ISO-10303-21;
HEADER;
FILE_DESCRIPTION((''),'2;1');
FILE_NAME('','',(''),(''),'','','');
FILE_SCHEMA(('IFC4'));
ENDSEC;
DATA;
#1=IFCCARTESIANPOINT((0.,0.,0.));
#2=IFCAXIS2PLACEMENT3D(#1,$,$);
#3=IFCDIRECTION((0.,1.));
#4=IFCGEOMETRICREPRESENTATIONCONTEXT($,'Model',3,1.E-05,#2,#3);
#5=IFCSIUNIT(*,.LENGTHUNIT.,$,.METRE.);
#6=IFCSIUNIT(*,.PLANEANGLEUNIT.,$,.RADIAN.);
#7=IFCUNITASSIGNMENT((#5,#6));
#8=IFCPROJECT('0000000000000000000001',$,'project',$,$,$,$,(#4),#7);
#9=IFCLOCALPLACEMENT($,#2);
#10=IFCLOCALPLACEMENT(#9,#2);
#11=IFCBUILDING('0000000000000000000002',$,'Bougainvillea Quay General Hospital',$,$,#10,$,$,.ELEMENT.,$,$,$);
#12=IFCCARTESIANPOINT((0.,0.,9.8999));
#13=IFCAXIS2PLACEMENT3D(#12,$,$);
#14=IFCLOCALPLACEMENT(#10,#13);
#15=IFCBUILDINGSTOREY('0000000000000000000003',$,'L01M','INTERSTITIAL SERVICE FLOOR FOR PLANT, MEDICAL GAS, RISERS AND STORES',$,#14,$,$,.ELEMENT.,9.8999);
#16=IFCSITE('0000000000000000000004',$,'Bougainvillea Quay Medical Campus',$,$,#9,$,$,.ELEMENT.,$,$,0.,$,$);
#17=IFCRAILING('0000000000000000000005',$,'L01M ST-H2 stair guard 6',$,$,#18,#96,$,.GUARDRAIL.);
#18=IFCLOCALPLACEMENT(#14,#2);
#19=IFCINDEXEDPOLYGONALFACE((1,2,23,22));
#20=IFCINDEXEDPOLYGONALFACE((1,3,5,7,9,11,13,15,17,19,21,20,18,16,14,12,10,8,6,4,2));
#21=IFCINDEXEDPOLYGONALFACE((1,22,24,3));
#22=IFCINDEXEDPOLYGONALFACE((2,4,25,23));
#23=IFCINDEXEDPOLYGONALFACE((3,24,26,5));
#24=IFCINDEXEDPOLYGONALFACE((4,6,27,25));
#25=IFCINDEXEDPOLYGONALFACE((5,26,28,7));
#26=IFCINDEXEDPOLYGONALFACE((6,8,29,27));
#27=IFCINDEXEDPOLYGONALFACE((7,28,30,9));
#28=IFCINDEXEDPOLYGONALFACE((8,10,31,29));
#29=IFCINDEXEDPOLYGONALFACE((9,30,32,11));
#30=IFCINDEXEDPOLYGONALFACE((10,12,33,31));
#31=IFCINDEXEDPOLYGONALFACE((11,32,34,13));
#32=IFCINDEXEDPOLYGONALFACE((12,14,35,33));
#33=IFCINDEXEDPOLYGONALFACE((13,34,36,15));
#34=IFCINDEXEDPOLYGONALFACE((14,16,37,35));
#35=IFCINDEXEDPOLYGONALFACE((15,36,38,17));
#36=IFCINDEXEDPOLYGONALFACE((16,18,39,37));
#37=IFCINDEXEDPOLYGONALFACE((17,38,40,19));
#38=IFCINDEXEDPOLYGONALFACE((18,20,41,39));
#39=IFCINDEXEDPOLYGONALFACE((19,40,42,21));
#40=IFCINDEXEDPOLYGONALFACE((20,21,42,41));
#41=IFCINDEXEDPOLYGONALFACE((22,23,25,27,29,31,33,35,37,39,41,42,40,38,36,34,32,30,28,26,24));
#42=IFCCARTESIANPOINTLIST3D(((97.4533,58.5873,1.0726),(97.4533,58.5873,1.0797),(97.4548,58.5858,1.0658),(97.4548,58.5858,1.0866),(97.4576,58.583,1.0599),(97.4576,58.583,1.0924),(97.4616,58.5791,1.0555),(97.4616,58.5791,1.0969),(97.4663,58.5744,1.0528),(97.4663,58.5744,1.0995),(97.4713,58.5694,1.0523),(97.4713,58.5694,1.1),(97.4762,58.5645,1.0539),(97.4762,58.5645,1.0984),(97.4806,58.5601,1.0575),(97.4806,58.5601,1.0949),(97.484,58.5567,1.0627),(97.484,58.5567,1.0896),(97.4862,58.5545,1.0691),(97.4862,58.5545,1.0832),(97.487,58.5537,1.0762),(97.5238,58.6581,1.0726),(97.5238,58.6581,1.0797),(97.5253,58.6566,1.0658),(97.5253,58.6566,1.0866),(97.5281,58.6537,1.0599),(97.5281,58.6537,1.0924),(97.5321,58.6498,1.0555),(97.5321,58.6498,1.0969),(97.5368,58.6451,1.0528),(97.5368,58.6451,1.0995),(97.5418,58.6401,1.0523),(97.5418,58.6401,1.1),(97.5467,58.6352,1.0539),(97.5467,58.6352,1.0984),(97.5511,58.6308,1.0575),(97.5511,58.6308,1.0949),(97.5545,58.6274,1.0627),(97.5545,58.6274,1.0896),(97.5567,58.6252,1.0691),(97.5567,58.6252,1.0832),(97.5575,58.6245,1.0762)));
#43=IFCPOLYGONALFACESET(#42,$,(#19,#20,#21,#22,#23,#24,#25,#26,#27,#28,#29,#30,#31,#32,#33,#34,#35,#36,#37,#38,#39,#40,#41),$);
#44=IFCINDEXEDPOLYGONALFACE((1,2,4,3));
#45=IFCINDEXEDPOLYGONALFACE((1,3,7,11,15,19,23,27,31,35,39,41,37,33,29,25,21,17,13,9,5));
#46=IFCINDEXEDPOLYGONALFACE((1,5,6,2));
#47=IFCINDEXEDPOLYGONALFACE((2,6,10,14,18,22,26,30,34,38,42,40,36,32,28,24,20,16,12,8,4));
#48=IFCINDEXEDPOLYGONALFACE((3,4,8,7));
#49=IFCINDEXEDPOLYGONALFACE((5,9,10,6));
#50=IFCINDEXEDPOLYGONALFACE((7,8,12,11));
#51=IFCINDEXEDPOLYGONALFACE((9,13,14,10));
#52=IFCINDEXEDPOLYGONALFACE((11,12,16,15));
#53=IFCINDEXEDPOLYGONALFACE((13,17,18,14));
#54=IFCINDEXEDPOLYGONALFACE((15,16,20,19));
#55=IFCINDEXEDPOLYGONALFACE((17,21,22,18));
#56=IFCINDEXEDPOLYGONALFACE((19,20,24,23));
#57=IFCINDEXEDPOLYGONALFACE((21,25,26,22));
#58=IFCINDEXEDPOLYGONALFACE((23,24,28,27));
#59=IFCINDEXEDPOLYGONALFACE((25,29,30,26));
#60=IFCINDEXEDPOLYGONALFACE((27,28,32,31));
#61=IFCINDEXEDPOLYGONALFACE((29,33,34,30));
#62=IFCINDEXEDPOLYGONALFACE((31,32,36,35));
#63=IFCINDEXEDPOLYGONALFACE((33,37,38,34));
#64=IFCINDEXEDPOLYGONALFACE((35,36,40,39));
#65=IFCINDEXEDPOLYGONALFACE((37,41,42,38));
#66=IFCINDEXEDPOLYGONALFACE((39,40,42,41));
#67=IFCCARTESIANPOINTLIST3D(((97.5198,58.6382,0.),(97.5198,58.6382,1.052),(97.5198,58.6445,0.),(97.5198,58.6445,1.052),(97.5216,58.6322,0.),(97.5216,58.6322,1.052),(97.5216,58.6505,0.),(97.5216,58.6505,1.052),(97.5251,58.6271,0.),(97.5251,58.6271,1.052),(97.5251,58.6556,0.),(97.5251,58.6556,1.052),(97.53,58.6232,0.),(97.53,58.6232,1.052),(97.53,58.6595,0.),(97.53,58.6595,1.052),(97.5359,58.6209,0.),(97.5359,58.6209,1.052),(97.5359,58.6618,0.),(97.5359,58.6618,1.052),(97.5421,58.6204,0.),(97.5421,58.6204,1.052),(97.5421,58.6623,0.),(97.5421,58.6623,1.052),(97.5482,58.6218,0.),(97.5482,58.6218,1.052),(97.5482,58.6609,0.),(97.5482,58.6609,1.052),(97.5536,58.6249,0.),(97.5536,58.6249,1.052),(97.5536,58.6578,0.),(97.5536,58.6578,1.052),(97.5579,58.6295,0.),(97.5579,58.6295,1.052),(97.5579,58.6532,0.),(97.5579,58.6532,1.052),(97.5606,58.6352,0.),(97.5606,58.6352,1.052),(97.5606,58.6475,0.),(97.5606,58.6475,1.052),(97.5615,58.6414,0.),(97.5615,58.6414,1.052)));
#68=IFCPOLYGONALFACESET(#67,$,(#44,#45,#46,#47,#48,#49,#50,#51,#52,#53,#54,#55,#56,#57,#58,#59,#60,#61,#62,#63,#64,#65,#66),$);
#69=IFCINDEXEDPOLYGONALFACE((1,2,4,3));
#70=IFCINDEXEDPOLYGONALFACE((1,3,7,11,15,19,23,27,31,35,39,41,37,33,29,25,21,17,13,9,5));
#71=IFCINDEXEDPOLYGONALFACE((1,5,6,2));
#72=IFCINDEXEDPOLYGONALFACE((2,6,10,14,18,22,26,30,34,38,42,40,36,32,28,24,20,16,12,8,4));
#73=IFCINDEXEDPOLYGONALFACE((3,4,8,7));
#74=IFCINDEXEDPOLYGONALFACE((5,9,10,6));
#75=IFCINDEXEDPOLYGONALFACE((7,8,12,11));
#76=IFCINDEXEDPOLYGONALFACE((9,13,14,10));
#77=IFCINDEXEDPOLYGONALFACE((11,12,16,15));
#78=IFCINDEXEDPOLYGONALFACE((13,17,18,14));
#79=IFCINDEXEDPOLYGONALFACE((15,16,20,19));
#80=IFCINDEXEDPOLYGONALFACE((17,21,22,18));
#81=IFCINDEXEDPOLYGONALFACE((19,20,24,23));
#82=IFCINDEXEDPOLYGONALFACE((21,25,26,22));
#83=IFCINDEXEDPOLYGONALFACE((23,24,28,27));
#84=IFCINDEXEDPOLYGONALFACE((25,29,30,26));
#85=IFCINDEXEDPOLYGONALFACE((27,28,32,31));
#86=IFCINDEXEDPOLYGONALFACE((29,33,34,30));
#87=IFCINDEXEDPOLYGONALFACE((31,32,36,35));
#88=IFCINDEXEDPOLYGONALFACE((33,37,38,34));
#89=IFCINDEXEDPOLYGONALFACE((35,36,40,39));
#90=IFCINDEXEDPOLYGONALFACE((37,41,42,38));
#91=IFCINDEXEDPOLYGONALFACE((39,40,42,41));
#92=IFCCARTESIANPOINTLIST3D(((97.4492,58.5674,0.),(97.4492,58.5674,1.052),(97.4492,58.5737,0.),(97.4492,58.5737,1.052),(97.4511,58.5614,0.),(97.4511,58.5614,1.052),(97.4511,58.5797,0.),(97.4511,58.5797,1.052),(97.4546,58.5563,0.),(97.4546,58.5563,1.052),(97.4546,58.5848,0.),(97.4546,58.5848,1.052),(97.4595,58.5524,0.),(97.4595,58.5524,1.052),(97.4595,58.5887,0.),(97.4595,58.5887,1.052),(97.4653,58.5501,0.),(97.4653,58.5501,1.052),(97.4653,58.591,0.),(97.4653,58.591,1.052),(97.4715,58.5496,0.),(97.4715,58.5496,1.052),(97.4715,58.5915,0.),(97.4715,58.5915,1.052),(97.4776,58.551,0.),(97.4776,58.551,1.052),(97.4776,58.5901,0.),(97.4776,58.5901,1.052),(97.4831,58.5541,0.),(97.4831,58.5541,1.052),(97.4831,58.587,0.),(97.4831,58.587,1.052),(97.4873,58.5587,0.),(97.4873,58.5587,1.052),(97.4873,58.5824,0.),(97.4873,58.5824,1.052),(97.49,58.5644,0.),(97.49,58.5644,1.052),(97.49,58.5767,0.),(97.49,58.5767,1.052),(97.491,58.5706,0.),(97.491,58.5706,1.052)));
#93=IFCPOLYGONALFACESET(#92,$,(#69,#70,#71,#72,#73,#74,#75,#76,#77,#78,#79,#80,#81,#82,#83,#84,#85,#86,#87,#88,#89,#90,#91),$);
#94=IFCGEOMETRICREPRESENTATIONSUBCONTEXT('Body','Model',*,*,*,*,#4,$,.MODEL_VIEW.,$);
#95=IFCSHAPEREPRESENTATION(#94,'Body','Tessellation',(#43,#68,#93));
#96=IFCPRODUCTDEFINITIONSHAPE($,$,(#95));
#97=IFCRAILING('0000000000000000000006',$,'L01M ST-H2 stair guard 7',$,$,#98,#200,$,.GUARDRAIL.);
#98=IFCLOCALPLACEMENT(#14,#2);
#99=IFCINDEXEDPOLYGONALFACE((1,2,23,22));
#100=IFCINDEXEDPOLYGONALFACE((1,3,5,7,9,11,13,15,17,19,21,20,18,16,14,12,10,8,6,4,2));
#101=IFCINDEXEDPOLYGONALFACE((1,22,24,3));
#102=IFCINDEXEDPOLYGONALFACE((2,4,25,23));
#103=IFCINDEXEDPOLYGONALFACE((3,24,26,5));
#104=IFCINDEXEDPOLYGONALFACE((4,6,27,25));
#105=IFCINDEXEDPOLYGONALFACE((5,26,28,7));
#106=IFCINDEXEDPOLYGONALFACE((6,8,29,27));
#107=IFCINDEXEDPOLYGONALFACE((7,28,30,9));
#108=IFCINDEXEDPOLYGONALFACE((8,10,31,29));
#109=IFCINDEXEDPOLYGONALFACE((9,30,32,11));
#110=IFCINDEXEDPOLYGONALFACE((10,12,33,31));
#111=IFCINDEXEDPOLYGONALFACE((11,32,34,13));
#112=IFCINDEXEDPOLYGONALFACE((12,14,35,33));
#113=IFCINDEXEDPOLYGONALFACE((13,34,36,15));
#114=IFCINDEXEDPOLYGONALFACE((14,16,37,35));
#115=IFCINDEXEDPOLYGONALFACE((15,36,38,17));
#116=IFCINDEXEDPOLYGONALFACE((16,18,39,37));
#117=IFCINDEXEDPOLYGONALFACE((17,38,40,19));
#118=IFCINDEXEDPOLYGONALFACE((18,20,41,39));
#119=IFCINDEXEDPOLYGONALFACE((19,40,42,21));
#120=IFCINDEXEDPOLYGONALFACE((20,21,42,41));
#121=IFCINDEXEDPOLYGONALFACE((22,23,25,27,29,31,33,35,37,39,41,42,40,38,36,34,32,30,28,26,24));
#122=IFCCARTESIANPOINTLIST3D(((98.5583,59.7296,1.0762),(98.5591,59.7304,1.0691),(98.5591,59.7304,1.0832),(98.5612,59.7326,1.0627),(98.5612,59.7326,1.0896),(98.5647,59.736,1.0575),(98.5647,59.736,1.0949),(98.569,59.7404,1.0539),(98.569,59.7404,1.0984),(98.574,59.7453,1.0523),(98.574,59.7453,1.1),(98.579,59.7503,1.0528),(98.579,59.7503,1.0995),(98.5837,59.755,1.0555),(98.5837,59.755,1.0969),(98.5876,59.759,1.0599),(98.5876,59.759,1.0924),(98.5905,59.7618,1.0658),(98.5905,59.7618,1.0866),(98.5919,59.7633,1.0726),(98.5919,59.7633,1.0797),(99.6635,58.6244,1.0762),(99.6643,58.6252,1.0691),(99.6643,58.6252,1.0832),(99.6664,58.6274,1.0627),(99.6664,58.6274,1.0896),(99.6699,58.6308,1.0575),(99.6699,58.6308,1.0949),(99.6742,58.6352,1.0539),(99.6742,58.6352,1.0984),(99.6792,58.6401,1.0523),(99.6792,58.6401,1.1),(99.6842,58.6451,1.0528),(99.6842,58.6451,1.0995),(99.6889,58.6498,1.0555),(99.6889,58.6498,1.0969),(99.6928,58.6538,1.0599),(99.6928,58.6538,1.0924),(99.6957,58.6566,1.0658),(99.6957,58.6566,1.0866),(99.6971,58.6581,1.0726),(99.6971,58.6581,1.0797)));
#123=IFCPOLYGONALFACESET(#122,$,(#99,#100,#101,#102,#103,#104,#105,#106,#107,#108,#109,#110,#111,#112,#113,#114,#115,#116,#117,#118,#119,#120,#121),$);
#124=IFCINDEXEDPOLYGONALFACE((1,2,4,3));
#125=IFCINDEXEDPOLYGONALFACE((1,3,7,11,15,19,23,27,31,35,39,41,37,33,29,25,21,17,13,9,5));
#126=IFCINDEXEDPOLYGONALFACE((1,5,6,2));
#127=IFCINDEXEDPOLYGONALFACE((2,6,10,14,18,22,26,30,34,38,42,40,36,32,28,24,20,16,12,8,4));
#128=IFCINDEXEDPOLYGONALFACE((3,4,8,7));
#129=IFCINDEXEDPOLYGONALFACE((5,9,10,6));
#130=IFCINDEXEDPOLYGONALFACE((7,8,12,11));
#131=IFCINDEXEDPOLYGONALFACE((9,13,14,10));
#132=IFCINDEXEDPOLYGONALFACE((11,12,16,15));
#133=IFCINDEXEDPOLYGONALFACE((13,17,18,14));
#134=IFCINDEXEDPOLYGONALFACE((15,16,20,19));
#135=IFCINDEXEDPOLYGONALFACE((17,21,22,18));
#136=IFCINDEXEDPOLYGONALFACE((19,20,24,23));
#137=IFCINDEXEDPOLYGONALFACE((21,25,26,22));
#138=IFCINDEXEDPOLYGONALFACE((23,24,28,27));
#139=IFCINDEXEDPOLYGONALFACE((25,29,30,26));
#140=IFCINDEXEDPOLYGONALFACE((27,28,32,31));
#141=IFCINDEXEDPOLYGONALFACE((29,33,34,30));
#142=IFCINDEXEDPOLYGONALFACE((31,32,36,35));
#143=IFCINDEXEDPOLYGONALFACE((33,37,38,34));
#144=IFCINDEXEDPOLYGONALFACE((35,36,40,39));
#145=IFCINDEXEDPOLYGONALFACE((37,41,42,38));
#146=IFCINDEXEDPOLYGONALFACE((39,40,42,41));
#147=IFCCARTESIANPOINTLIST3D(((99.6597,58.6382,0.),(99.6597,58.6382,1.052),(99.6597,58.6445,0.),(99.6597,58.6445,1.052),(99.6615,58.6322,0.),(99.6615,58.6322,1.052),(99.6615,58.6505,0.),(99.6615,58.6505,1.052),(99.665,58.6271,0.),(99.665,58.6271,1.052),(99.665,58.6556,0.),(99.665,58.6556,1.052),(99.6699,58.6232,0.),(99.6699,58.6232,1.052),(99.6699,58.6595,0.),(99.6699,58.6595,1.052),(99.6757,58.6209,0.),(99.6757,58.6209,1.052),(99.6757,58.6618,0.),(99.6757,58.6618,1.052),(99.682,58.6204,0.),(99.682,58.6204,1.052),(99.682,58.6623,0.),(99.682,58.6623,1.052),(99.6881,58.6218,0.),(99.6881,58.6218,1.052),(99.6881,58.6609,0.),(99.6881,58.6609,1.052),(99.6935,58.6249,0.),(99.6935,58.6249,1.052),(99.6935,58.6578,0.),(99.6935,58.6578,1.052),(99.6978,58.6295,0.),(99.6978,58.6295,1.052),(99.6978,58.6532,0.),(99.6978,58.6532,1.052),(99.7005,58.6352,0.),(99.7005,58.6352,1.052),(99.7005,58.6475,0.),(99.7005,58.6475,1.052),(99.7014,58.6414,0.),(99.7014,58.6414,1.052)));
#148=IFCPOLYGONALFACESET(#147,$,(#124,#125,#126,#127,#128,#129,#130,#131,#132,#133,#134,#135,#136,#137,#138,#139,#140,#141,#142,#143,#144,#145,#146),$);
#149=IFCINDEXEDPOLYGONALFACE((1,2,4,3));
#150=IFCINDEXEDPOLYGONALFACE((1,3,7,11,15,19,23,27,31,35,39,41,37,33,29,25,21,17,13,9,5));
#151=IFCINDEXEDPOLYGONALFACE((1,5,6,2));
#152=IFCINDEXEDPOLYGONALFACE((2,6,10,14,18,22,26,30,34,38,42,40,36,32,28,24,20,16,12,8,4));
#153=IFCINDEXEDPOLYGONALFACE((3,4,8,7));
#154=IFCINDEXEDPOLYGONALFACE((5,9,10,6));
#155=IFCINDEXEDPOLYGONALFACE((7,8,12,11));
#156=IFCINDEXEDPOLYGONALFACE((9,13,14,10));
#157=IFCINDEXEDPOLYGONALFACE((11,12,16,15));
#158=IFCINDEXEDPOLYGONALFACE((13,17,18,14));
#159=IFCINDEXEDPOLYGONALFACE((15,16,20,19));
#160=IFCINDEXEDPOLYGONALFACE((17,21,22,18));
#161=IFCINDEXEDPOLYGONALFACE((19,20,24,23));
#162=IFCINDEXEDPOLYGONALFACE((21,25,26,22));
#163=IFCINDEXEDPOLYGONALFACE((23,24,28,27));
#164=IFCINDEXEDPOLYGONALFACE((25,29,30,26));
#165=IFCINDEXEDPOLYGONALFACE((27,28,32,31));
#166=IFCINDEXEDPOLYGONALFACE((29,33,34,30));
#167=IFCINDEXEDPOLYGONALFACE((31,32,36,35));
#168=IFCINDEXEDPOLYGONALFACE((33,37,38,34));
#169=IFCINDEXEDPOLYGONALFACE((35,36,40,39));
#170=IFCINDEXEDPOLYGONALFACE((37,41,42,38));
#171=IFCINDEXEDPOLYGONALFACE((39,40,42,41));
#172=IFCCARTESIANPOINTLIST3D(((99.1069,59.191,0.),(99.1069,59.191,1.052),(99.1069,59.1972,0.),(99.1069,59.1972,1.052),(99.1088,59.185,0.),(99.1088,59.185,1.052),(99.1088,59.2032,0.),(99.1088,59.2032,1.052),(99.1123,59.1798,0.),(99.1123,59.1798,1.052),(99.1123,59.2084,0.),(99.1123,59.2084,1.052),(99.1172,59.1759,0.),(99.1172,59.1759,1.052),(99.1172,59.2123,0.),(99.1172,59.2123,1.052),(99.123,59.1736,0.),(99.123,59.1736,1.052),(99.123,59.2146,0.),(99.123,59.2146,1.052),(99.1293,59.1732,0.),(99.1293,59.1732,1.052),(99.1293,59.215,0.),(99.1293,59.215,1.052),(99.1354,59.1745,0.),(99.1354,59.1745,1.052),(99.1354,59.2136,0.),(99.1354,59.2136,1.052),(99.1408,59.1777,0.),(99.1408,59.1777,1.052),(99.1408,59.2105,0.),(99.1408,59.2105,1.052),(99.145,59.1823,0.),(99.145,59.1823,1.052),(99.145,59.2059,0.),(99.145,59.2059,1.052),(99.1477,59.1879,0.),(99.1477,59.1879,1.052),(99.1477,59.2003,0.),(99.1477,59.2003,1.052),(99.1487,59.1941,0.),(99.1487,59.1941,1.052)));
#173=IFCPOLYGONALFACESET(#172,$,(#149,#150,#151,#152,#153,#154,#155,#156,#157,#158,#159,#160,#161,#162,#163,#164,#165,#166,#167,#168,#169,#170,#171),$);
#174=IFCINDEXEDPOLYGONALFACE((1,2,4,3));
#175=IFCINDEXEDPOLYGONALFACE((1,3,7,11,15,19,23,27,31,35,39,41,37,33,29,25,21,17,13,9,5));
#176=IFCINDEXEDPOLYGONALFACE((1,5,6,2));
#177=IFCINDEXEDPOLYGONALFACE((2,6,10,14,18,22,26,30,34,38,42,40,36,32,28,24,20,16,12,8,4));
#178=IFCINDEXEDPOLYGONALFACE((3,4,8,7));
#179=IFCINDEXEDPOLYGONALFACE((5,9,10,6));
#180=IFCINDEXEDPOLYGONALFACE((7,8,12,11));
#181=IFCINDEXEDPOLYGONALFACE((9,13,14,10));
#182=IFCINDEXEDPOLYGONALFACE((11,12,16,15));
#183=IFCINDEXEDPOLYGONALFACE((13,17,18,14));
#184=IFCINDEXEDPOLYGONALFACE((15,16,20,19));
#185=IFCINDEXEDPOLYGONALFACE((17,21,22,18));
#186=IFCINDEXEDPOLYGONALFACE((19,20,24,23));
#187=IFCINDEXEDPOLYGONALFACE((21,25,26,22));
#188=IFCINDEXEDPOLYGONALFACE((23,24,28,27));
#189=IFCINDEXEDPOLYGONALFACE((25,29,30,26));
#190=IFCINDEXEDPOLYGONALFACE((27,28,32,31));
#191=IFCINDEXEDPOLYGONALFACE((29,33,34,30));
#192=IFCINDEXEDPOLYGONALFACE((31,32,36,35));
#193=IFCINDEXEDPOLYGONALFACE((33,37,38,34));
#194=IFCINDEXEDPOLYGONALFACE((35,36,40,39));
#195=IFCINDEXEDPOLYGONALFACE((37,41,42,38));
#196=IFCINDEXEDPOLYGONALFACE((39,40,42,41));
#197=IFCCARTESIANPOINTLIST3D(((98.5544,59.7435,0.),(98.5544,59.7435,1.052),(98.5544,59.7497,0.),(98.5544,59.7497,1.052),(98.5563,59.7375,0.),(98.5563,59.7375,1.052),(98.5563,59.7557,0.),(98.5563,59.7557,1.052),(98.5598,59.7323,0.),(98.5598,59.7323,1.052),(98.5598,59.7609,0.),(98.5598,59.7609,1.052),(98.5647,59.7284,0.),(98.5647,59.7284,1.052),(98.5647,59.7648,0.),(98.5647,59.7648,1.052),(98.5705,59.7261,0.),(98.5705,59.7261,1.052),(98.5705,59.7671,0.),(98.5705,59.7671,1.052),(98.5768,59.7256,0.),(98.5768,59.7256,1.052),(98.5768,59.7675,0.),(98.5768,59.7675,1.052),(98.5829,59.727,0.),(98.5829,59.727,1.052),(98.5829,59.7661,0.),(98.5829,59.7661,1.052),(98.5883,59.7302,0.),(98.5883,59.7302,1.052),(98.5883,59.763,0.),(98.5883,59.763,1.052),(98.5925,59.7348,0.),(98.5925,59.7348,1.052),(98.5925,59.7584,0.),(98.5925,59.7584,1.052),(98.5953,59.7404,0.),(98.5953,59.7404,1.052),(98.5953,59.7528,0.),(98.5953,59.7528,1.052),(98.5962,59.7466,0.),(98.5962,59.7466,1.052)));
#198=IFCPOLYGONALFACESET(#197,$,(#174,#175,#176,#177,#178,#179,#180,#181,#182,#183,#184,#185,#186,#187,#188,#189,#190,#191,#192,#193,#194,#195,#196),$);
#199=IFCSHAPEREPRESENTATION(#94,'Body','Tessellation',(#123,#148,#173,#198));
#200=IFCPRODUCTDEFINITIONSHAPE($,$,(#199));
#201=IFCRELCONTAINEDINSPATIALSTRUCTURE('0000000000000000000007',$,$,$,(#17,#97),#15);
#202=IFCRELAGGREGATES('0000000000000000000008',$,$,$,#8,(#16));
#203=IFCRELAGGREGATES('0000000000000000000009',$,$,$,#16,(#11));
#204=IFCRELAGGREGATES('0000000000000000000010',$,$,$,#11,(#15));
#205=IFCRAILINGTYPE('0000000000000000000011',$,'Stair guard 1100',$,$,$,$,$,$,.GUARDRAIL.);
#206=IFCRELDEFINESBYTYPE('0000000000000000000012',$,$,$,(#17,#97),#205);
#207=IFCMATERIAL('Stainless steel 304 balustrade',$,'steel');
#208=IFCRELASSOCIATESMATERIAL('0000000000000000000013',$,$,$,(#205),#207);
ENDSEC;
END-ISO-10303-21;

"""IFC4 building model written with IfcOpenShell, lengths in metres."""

from ifc_helpers import new_model, si_unit, direction, frame, origin, origin_2d, place, context, subcontext, project, spatial, circle, extrude, material, type_object, element, save


model = new_model("IFC4")

# Units and contexts
model_context = context("Model", 3, precision=1e-05, world=origin(), true_north=direction((0.0, 1.0)))
body_context = subcontext(model_context, "Body", "Model", "MODEL_VIEW")
ifc_project = project(units=[si_unit("LENGTHUNIT", "METRE"), si_unit("PLANEANGLEUNIT", "RADIAN")], contexts=[model_context])

# Site, building, storey
site_placement = place(None, origin())
site = spatial("IfcSite", under=ifc_project, at=site_placement, Name="Bougainvillea Quay Medical Campus", CompositionType="ELEMENT", RefElevation=0.0)
building_placement = place(site_placement, origin())
building = spatial("IfcBuilding", under=site, at=building_placement, Name="Bougainvillea Quay General Hospital", CompositionType="ELEMENT")
storey_placement = place(building_placement, frame((0.0, 0.0, 9.8999)))
storey = spatial("IfcBuildingStorey", under=building, at=storey_placement, Name="L01M", Description="INTERSTITIAL SERVICE FLOOR FOR PLANT, MEDICAL GAS, RISERS AND STORES", CompositionType="ELEMENT", Elevation=9.8999)

# Railings
ifc_material_1 = material(Name="Stainless steel 304 balustrade", Category="steel")
railing_type_1 = type_object("IfcRailingType", Name="Stair guard 1100", PredefinedType="GUARDRAIL", material=ifc_material_1)
railing_1_placement = place(storey_placement, frame((97.5405, 58.6414, 0.0)))
element("IfcRailing", 1, at=railing_1_placement, inside=storey, type_object=railing_type_1, Name="L01M ST-H2 stair guard 6", PredefinedType="GUARDRAIL", context=body_context, shape_type="SweptSolid", body=[
    extrude(circle(Radius=0.0239, at=origin_2d()), frame((0.0, 0.0, 1.0762), z_axis=(-0.705884, -0.708327, 0.0), x_axis=(0.708327, -0.705884, 0.0)), (0.0, 0.0, 1.0), 0.0999),
    extrude(circle(Radius=0.021, at=origin_2d()), origin(), (0.0, 0.0, 1.0), 1.052),
    extrude(circle(Radius=0.021, at=origin_2d()), frame((-0.0706, -0.0708, 0.0)), (0.0, 0.0, 1.0), 1.052),
])
railing_2_placement = place(storey_placement, frame((99.6804, 58.6414, 0.0)))
element("IfcRailing", 2, at=railing_2_placement, inside=storey, type_object=railing_type_1, Name="L01M ST-H2 stair guard 7", PredefinedType="GUARDRAIL", context=body_context, shape_type="SweptSolid", body=[
    extrude(circle(Radius=0.0239, at=origin_2d()), frame((0.0, 0.0, 1.0762), z_axis=(-0.707107, 0.707107, 0.0), x_axis=(-0.707107, -0.707107, 0.0)), (0.0, 0.0, 1.0), 1.563),
    extrude(circle(Radius=0.021, at=origin_2d()), origin(), (0.0, 0.0, 1.0), 1.052),
    extrude(circle(Radius=0.021, at=origin_2d()), frame((-0.5527, 0.5527, 0.0)), (0.0, 0.0, 1.0), 1.052),
    extrude(circle(Radius=0.021, at=origin_2d()), frame((-1.1052, 1.1052, 0.0)), (0.0, 0.0, 1.0), 1.052),
])

save(model, "model.ifc")
